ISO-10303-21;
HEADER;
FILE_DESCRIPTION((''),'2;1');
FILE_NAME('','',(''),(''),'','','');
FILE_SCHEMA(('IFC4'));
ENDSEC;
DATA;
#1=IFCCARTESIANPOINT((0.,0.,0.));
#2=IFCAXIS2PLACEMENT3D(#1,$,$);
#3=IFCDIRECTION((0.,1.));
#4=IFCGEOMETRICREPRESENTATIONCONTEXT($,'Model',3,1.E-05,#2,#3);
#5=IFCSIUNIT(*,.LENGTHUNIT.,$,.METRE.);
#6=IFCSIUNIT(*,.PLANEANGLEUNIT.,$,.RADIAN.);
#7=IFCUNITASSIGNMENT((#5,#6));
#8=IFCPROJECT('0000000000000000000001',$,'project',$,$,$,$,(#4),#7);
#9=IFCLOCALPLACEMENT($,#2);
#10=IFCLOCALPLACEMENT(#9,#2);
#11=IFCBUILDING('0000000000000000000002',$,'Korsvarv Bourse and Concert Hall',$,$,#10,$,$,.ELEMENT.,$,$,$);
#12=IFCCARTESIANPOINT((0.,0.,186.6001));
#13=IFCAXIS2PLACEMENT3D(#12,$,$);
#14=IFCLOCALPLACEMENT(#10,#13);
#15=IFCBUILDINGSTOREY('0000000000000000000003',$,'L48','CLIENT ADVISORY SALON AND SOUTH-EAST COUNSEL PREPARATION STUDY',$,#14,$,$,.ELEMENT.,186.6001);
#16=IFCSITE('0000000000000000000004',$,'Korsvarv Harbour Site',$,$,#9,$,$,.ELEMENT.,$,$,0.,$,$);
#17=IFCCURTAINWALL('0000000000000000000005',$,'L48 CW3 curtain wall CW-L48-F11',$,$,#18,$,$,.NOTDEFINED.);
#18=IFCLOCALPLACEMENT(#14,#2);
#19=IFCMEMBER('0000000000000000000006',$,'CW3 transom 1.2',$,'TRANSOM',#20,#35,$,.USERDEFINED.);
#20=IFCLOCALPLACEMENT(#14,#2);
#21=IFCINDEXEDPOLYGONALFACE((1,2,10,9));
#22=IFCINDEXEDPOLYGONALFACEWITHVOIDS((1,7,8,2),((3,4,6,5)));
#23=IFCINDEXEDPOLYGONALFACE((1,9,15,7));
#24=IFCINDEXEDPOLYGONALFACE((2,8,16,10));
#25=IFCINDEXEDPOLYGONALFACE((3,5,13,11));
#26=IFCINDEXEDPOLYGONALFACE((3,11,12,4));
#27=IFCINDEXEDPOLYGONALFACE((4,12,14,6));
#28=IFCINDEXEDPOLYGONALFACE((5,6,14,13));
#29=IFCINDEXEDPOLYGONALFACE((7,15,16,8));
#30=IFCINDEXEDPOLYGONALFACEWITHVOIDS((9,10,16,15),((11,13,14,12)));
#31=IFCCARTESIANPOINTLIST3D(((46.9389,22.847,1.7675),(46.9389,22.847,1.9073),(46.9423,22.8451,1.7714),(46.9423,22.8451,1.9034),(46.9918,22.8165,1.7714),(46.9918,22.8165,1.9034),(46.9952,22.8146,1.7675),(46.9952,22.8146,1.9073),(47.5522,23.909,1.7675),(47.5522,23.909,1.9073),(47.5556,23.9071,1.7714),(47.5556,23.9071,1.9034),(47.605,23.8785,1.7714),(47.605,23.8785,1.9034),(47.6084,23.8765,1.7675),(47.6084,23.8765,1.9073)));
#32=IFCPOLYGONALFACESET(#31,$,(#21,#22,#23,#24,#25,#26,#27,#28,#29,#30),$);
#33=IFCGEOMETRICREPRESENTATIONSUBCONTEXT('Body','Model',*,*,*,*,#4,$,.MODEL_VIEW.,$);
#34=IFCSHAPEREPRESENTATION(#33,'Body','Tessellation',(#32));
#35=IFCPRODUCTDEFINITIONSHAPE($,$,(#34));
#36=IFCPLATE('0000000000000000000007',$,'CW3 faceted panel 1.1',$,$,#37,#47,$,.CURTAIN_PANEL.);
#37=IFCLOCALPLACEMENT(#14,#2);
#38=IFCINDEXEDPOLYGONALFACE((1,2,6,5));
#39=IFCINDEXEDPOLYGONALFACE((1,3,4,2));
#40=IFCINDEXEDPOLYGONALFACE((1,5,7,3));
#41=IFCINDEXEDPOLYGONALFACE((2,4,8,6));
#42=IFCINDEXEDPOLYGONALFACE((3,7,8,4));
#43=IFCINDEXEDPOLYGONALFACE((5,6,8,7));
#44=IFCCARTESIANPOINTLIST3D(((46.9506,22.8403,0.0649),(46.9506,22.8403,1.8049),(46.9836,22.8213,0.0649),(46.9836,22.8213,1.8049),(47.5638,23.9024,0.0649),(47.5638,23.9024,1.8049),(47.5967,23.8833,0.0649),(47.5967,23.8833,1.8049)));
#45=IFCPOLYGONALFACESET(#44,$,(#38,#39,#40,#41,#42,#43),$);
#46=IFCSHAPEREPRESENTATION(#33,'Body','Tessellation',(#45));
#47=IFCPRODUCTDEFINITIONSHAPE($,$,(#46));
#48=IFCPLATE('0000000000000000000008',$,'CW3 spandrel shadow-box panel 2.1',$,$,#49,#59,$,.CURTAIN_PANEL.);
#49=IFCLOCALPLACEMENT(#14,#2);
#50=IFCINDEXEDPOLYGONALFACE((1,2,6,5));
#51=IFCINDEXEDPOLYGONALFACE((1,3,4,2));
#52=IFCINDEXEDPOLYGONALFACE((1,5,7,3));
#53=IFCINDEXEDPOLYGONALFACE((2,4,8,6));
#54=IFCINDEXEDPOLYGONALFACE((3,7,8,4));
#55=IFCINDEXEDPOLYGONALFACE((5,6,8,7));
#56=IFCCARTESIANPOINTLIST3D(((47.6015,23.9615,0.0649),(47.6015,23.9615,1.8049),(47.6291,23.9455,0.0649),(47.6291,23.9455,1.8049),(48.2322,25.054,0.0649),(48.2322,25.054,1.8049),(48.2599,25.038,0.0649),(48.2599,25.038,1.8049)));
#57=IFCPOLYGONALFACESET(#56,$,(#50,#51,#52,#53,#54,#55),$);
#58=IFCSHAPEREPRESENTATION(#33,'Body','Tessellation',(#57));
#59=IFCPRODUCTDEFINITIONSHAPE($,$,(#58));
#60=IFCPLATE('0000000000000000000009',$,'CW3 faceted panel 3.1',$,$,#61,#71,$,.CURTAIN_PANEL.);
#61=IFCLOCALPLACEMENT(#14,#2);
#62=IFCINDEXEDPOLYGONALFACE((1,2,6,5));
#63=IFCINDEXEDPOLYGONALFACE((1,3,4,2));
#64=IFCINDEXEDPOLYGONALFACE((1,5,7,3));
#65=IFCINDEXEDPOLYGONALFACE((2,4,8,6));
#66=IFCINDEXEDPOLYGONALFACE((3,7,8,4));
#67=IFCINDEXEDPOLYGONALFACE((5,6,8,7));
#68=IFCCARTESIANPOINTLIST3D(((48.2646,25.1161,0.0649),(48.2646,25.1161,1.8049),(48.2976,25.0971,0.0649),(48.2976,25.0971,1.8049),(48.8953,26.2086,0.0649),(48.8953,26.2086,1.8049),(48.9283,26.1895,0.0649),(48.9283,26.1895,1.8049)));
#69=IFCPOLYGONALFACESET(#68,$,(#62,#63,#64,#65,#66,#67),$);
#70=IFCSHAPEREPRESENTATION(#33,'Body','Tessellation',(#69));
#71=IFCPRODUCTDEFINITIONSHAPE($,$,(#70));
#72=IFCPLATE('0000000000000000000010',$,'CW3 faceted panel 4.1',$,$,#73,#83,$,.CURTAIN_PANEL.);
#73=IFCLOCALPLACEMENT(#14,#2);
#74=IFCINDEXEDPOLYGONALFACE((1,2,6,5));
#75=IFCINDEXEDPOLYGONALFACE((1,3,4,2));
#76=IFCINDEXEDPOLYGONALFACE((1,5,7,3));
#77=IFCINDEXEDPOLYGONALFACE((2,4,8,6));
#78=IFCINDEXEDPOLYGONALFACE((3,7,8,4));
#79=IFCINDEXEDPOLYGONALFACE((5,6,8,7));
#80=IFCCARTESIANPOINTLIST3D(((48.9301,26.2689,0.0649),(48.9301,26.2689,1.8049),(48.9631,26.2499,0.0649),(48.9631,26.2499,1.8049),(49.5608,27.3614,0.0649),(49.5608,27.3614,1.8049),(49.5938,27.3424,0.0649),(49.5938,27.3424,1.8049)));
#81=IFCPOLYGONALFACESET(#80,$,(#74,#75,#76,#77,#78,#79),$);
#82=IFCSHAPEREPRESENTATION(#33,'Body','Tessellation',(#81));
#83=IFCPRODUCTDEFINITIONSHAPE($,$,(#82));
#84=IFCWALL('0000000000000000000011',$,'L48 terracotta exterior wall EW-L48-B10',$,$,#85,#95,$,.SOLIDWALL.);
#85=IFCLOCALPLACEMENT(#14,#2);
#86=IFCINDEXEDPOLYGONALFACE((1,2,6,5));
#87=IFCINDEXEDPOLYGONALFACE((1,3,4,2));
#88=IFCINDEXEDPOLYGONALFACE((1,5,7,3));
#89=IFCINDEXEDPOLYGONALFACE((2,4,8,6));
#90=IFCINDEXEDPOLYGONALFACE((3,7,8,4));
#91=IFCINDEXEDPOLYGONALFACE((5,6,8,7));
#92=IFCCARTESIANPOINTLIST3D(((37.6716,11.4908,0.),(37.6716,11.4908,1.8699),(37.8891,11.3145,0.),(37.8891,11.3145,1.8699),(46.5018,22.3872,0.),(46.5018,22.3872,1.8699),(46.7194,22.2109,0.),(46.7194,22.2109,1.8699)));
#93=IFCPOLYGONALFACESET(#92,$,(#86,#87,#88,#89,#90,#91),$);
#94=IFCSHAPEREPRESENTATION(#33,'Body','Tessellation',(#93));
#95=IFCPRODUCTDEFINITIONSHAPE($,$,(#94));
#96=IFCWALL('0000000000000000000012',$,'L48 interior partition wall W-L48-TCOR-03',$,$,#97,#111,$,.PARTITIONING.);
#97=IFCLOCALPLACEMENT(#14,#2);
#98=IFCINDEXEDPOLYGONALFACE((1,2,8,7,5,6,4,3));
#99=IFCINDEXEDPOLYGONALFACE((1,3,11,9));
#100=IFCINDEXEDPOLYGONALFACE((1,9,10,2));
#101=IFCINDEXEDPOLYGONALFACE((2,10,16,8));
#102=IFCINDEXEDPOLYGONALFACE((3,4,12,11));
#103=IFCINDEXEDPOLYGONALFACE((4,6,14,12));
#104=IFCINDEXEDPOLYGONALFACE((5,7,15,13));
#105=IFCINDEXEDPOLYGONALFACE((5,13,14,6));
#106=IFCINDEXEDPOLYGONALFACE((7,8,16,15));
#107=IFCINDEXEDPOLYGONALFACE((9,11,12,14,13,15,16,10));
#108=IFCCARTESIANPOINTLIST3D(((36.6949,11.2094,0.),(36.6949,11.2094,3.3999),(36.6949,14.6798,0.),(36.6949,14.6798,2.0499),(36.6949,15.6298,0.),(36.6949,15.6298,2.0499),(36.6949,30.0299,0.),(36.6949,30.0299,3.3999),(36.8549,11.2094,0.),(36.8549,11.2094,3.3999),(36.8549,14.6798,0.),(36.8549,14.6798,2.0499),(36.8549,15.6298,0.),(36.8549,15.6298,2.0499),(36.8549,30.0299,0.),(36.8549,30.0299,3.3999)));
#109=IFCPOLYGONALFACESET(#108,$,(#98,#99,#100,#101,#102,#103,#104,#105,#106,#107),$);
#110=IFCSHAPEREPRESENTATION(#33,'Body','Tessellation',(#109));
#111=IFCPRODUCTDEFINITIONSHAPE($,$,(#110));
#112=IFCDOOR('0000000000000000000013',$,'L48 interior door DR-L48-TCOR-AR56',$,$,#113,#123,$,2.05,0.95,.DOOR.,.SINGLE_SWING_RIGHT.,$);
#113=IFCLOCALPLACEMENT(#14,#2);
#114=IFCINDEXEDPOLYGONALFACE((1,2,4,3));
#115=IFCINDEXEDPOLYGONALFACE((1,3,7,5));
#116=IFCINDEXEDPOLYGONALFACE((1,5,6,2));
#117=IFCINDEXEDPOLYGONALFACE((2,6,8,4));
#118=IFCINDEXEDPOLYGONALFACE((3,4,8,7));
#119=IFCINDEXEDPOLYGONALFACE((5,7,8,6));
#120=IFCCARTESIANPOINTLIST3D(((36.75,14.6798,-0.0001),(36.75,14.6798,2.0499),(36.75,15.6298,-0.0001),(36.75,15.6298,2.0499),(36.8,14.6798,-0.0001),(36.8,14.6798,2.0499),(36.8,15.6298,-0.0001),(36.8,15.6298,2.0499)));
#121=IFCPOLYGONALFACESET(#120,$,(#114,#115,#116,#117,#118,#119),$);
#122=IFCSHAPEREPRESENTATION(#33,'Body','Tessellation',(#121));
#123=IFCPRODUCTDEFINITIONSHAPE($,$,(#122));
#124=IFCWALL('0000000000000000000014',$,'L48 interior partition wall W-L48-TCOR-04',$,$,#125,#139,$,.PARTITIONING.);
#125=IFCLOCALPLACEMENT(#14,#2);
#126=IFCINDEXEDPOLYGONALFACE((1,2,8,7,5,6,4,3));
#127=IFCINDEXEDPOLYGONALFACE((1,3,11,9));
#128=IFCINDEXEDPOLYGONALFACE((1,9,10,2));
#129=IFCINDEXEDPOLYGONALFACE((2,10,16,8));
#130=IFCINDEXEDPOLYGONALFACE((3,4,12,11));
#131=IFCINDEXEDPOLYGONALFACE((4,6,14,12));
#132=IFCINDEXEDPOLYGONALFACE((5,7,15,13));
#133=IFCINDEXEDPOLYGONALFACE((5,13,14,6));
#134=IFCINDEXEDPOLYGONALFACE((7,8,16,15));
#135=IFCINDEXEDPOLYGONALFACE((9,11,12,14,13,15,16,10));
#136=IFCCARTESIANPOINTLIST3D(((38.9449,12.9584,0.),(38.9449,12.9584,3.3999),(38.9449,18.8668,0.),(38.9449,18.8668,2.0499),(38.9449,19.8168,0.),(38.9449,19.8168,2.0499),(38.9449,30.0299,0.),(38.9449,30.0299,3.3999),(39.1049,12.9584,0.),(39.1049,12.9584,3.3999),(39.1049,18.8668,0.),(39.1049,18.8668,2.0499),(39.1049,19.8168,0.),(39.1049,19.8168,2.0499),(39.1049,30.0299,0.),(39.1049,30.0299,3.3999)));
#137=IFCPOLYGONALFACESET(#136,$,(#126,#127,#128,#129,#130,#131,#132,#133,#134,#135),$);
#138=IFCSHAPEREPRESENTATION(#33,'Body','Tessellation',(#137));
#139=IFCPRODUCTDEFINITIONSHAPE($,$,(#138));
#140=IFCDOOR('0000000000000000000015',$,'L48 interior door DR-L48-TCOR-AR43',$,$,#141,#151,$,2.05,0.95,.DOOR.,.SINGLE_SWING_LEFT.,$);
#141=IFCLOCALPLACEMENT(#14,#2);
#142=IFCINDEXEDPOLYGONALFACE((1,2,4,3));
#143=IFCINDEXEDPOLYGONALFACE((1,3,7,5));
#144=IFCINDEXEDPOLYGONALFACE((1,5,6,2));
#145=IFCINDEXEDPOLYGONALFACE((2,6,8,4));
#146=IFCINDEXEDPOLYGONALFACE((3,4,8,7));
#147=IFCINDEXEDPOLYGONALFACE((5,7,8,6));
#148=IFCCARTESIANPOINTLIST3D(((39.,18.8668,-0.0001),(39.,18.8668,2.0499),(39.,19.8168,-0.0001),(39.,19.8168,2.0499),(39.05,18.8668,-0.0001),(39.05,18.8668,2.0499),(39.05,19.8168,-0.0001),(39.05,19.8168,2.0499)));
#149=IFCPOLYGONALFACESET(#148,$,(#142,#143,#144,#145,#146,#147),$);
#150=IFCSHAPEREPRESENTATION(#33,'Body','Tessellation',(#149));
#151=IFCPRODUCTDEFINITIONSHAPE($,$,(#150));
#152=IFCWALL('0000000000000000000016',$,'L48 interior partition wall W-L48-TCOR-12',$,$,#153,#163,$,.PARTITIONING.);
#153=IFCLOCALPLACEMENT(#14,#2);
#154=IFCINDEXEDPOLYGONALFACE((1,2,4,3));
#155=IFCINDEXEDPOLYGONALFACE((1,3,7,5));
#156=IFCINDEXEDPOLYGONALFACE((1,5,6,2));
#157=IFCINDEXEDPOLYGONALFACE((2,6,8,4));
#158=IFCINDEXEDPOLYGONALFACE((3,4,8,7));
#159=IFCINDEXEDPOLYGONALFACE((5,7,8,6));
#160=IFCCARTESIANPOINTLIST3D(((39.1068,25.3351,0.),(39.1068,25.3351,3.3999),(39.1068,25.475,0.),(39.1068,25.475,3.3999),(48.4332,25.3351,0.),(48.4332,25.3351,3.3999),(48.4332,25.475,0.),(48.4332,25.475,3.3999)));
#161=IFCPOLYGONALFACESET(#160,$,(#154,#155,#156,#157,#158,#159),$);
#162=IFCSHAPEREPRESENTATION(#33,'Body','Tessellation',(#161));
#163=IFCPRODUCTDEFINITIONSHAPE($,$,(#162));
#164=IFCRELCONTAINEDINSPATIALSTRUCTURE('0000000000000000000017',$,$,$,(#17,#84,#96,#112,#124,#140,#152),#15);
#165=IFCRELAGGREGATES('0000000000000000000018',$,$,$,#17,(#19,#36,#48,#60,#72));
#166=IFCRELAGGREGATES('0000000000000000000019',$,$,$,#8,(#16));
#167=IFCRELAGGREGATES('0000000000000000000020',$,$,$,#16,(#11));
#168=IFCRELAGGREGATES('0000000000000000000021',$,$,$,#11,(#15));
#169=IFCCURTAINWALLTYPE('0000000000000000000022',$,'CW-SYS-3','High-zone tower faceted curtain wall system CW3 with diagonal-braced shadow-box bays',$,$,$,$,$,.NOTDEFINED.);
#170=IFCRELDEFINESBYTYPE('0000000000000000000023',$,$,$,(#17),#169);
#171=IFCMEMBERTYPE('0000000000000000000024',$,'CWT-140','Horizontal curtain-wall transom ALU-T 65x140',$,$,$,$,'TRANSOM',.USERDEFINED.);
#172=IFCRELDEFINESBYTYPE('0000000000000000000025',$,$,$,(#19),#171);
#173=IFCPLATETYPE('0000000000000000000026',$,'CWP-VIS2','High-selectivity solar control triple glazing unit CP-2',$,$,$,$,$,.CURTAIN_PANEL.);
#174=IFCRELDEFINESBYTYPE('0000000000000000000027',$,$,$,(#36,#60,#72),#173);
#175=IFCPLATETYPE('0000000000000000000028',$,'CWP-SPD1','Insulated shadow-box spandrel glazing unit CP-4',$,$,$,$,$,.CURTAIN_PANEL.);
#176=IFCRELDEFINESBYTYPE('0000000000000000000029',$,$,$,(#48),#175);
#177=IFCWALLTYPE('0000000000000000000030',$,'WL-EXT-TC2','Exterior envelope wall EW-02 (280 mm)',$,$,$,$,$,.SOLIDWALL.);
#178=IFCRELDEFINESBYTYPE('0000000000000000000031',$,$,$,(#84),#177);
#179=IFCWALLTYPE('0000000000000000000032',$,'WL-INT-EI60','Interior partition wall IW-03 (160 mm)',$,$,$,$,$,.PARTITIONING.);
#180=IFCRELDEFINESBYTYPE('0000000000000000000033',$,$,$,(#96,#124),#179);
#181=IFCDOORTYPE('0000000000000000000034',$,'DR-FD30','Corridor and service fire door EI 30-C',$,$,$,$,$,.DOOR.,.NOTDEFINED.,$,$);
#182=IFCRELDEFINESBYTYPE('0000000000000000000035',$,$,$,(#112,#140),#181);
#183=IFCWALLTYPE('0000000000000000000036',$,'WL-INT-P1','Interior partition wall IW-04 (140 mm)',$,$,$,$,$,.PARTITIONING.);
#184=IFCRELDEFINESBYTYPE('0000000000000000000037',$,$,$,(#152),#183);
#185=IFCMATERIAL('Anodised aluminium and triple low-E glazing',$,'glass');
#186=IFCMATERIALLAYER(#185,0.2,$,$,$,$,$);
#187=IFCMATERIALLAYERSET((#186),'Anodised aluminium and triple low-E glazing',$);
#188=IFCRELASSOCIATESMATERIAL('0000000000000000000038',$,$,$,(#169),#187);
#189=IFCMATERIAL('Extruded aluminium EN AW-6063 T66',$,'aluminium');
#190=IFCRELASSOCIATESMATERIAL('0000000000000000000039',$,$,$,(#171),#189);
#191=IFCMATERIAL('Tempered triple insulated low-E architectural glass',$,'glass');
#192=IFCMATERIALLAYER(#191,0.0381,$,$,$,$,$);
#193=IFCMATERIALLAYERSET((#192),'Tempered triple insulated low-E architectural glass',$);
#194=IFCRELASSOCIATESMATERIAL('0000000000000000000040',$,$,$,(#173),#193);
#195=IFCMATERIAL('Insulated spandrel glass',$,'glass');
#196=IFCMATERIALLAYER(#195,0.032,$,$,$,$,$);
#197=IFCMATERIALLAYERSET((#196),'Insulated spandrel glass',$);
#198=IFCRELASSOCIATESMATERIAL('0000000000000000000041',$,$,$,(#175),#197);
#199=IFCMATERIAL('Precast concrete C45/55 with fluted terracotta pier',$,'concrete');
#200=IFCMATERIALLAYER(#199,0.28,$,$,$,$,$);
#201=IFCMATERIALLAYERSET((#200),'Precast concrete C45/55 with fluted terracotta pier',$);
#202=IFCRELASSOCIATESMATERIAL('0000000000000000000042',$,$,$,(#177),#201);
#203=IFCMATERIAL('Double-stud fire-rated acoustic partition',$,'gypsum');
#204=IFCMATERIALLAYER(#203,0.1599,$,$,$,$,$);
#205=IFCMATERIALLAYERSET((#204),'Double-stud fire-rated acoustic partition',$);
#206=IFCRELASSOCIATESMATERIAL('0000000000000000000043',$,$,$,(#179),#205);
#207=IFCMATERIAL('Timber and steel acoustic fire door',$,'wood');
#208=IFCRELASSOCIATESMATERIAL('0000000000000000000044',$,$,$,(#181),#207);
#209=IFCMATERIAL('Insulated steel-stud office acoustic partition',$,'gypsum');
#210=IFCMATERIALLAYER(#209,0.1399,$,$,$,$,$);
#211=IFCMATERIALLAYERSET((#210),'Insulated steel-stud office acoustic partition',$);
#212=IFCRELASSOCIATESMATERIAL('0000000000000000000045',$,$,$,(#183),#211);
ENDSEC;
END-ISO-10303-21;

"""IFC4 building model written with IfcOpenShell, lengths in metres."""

from ifc_helpers import new_model, si_unit, direction, frame, frame_2d, origin, origin_2d, place, context, subcontext, project, spatial, rectangle, hollow_rectangle, extrude, source, transform, mapped, material, layer, layer_set, material_profile, profile_set, type_object, element, fill, aggregate, save


model = new_model("IFC4")

# Units and contexts
model_context = context("Model", 3, precision=1e-05, world=origin(), true_north=direction((0.0, 1.0)))
body_context = subcontext(model_context, "Body", "Model", "MODEL_VIEW")
ifc_project = project(units=[si_unit("LENGTHUNIT", "METRE"), si_unit("PLANEANGLEUNIT", "RADIAN")], contexts=[model_context])

# Site, building, storey
site_placement = place(None, origin())
site = spatial("IfcSite", under=ifc_project, at=site_placement, Name="Korsvarv Harbour Site", CompositionType="ELEMENT", RefElevation=0.0)
building_placement = place(site_placement, origin())
building = spatial("IfcBuilding", under=site, at=building_placement, Name="Korsvarv Bourse and Concert Hall", CompositionType="ELEMENT")
storey_placement = place(building_placement, frame((0.0, 0.0, 186.6001)))
storey = spatial("IfcBuildingStorey", under=building, at=storey_placement, Name="L48", Description="CLIENT ADVISORY SALON AND SOUTH-EAST COUNSEL PREPARATION STUDY", CompositionType="ELEMENT", Elevation=186.6001)

# Curtain wall, member, plates
ifc_material_1 = material(Name="Anodised aluminium and triple low-E glazing", Category="glass")
ifc_layer_1 = layer(ifc_material_1, 0.2)
ifc_layer_set_1 = layer_set([ifc_layer_1], Name="Anodised aluminium and triple low-E glazing")
curtain_wall_type = type_object("IfcCurtainWallType", Name="CW-SYS-3", Description="High-zone tower faceted curtain wall system CW3 with diagonal-braced shadow-box bays", PredefinedType="NOTDEFINED", material=ifc_layer_set_1)
curtain_wall_placement = place(storey_placement, origin())
curtain_wall = element("IfcCurtainWall", 1, at=curtain_wall_placement, inside=storey, type_object=curtain_wall_type, Name="L48 CW3 curtain wall CW-L48-F11", PredefinedType="NOTDEFINED")
ifc_material_2 = material(Name="Extruded aluminium EN AW-6063 T66", Category="aluminium")
ifc_material_profile_1 = material_profile(ifc_material_2, hollow_rectangle(XDim=0.0649, YDim=0.1399, WallThickness=0.0039, at=origin_2d()), Name="ALU-T 65x140")
ifc_profile_set_1 = profile_set([ifc_material_profile_1], Name="Extruded aluminium EN AW-6063 T66")
member_type_1 = type_object("IfcMemberType", Name="CWT-140", Description="Horizontal curtain-wall transom ALU-T 65x140", ElementType="TRANSOM", PredefinedType="USERDEFINED", material=ifc_profile_set_1)
shared_shape_1 = source(origin(), body_context, "Body", "SweptSolid", [
    extrude(hollow_rectangle(XDim=0.0649, YDim=0.1399, WallThickness=0.0039, at=origin_2d()), origin(), (0.0, 0.0, 1.0), 1.2263),
])
member_1_placement = place(storey_placement, frame((46.967, 22.8308, 1.8374), z_axis=(0.500079, 0.86598, 0.0), x_axis=(-0.86598, 0.500079, 0.0)))
member_1 = element("IfcMember", 2, at=member_1_placement, type_object=member_type_1, Name="CW3 transom 1.2", ObjectType="TRANSOM", PredefinedType="USERDEFINED", context=body_context, shape_type="MappedRepresentation", body=[
    mapped(shared_shape_1, transform((0.0, 0.0, 0.0), scale=1.0)),
])
ifc_material_3 = material(Name="Tempered triple insulated low-E architectural glass", Category="glass")
ifc_layer_2 = layer(ifc_material_3, 0.0381)
ifc_layer_set_2 = layer_set([ifc_layer_2], Name="Tempered triple insulated low-E architectural glass")
plate_type_1 = type_object("IfcPlateType", Name="CWP-VIS2", Description="High-selectivity solar control triple glazing unit CP-2", PredefinedType="CURTAIN_PANEL", material=ifc_layer_set_2)
shared_shape_2 = source(origin(), body_context, "Body", "SweptSolid", [
    extrude(rectangle(XDim=1.2263, YDim=0.0381, at=origin_2d()), origin(), (0.0, 0.0, 1.0), 1.74),
])
plate_1_placement = place(storey_placement, frame((47.2737, 23.3618, 0.0649), z_axis=(0.0, 0.0, 1.0), x_axis=(0.499994, 0.866029, 0.0)))
plate_1 = element("IfcPlate", 3, at=plate_1_placement, type_object=plate_type_1, Name="CW3 faceted panel 1.1", PredefinedType="CURTAIN_PANEL", context=body_context, shape_type="MappedRepresentation", body=[
    mapped(shared_shape_2, transform((0.0, 0.0, 0.0), scale=1.0)),
])
ifc_material_4 = material(Name="Insulated spandrel glass", Category="glass")
ifc_layer_3 = layer(ifc_material_4, 0.032)
ifc_layer_set_3 = layer_set([ifc_layer_3], Name="Insulated spandrel glass")
plate_type_2 = type_object("IfcPlateType", Name="CWP-SPD1", Description="Insulated shadow-box spandrel glazing unit CP-4", PredefinedType="CURTAIN_PANEL", material=ifc_layer_set_3)
shared_shape_3 = source(origin(), body_context, "Body", "SweptSolid", [
    extrude(rectangle(XDim=1.2615, YDim=0.032, at=origin_2d()), origin(), (0.0, 0.0, 1.0), 1.74),
])
plate_2_placement = place(storey_placement, frame((47.9307, 24.4998, 0.0649), z_axis=(0.0, 0.0, 1.0), x_axis=(0.499994, 0.866029, 0.0)))
plate_2 = element("IfcPlate", 4, at=plate_2_placement, type_object=plate_type_2, Name="CW3 spandrel shadow-box panel 2.1", PredefinedType="CURTAIN_PANEL", context=body_context, shape_type="MappedRepresentation", body=[
    mapped(shared_shape_3, transform((0.0, 0.0, 0.0), scale=1.0)),
])
shared_shape_4 = source(origin(), body_context, "Body", "SweptSolid", [
    extrude(rectangle(XDim=1.2615, YDim=0.0381, at=origin_2d()), origin(), (0.0, 0.0, 1.0), 1.74),
])
plate_3_placement = place(storey_placement, frame((48.5964, 25.6528, 0.0649), z_axis=(0.0, 0.0, 1.0), x_axis=(0.499994, 0.866029, 0.0)))
plate_3 = element("IfcPlate", 5, at=plate_3_placement, type_object=plate_type_1, Name="CW3 faceted panel 3.1", PredefinedType="CURTAIN_PANEL", context=body_context, shape_type="MappedRepresentation", body=[
    mapped(shared_shape_4, transform((0.0, 0.0, 0.0), scale=1.0)),
])
plate_4_placement = place(storey_placement, frame((49.262, 26.8057, 0.0649), z_axis=(0.0, 0.0, 1.0), x_axis=(0.499994, 0.866029, 0.0)))
plate_4 = element("IfcPlate", 6, at=plate_4_placement, type_object=plate_type_1, Name="CW3 faceted panel 4.1", PredefinedType="CURTAIN_PANEL", context=body_context, shape_type="MappedRepresentation", body=[
    mapped(shared_shape_4, transform((0.0, 0.0, 0.0), scale=1.0)),
])
aggregate(curtain_wall, [member_1, plate_1, plate_2, plate_3, plate_4])

# Wall
ifc_material_5 = material(Name="Precast concrete C45/55 with fluted terracotta pier", Category="concrete")
ifc_layer_4 = layer(ifc_material_5, 0.28)
ifc_layer_set_4 = layer_set([ifc_layer_4], Name="Precast concrete C45/55 with fluted terracotta pier")
wall_type_1 = type_object("IfcWallType", Name="WL-EXT-TC2", Description="Exterior envelope wall EW-02 (280 mm)", PredefinedType="SOLIDWALL", material=ifc_layer_set_4)
wall_1_placement = place(storey_placement, frame((37.7803, 11.4026, 0.0), z_axis=(0.0, 0.0, 1.0), x_axis=(0.629601, 0.776918, 0.0)))
element("IfcWall", 7, at=wall_1_placement, inside=storey, type_object=wall_type_1, Name="L48 terracotta exterior wall EW-L48-B10", PredefinedType="SOLIDWALL", context=body_context, shape_type="SweptSolid", body=[
    extrude(rectangle(XDim=14.0251, YDim=0.28, at=frame_2d((7.0127, 0.0))), origin(), (0.0, 0.0, 1.0), 1.8699),
])

# Walls, openings, doors
ifc_material_6 = material(Name="Double-stud fire-rated acoustic partition", Category="gypsum")
ifc_layer_5 = layer(ifc_material_6, 0.1599)
ifc_layer_set_5 = layer_set([ifc_layer_5], Name="Double-stud fire-rated acoustic partition")
wall_type_2 = type_object("IfcWallType", Name="WL-INT-EI60", Description="Interior partition wall IW-03 (160 mm)", PredefinedType="PARTITIONING", material=ifc_layer_set_5)
wall_2_placement = place(storey_placement, frame((36.7749, 11.2095, 0.0), z_axis=(0.0, 0.0, 1.0), x_axis=(0.0, 1.0, 0.0)))
wall_2 = element("IfcWall", 8, at=wall_2_placement, inside=storey, type_object=wall_type_2, Name="L48 interior partition wall W-L48-TCOR-03", PredefinedType="PARTITIONING", context=body_context, shape_type="SweptSolid", body=[
    extrude(rectangle(XDim=18.8206, YDim=0.1599, at=frame_2d((9.4102, 0.0))), origin(), (0.0, 0.0, 1.0), 3.3999),
])
opening_1_placement = place(wall_2_placement, frame((3.4702, 0.0, 0.0)))
opening_1 = element("IfcOpeningElement", 9, at=opening_1_placement, cuts=wall_2, PredefinedType="OPENING", context=body_context, shape_type="SweptSolid", body=[
    extrude(rectangle(XDim=0.95, YDim=2.05, at=frame_2d((0.4751, 1.0249))), frame((0.0, 0.0898, 0.0), z_axis=(0.0, -1.0, 0.0), x_axis=(1.0, 0.0, 0.0)), (0.0, 0.0, 1.0), 0.1799),
])
ifc_material_7 = material(Name="Timber and steel acoustic fire door", Category="wood")
door_type = type_object("IfcDoorType", Name="DR-FD30", Description="Corridor and service fire door EI 30-C", OperationType="NOTDEFINED", PredefinedType="DOOR", material=ifc_material_7)
door_1_placement = place(opening_1_placement, origin())
door_1 = element("IfcDoor", 10, at=door_1_placement, inside=storey, type_object=door_type, Name="L48 interior door DR-L48-TCOR-AR56", OperationType="SINGLE_SWING_RIGHT", OverallHeight=2.05, OverallWidth=0.95, PredefinedType="DOOR", context=body_context, shape_type="SweptSolid", body=[
    extrude(rectangle(XDim=0.95, YDim=2.05, at=frame_2d((0.4751, 1.0249))), frame((0.0, 0.0249, 0.0), z_axis=(0.0, -1.0, 0.0), x_axis=(1.0, 0.0, 0.0)), (0.0, 0.0, 1.0), 0.05),
])
fill(opening_1, door_1)
wall_3_placement = place(storey_placement, frame((39.0249, 12.9585, 0.0), z_axis=(0.0, 0.0, 1.0), x_axis=(0.0, 1.0, 0.0)))
wall_3 = element("IfcWall", 11, at=wall_3_placement, inside=storey, type_object=wall_type_2, Name="L48 interior partition wall W-L48-TCOR-04", PredefinedType="PARTITIONING", context=body_context, shape_type="SweptSolid", body=[
    extrude(rectangle(XDim=17.0715, YDim=0.1599, at=frame_2d((8.5356, 0.0))), origin(), (0.0, 0.0, 1.0), 3.3999),
])
opening_2_placement = place(wall_3_placement, frame((5.9082, 0.0, 0.0)))
opening_2 = element("IfcOpeningElement", 12, at=opening_2_placement, cuts=wall_3, PredefinedType="OPENING", context=body_context, shape_type="SweptSolid", body=[
    extrude(rectangle(XDim=0.95, YDim=2.05, at=frame_2d((0.4751, 1.0249))), frame((0.0, 0.0898, 0.0), z_axis=(0.0, -1.0, 0.0), x_axis=(1.0, 0.0, 0.0)), (0.0, 0.0, 1.0), 0.1799),
])
door_2_placement = place(opening_2_placement, origin())
door_2 = element("IfcDoor", 13, at=door_2_placement, inside=storey, type_object=door_type, Name="L48 interior door DR-L48-TCOR-AR43", OperationType="SINGLE_SWING_LEFT", OverallHeight=2.05, OverallWidth=0.95, PredefinedType="DOOR", context=body_context, shape_type="SweptSolid", body=[
    extrude(rectangle(XDim=0.95, YDim=2.05, at=frame_2d((0.4751, 1.0249))), frame((0.0, 0.0249, 0.0), z_axis=(0.0, -1.0, 0.0), x_axis=(1.0, 0.0, 0.0)), (0.0, 0.0, 1.0), 0.05),
])
fill(opening_2, door_2)

# Wall
ifc_material_8 = material(Name="Insulated steel-stud office acoustic partition", Category="gypsum")
ifc_layer_6 = layer(ifc_material_8, 0.1399)
ifc_layer_set_6 = layer_set([ifc_layer_6], Name="Insulated steel-stud office acoustic partition")
wall_type_3 = type_object("IfcWallType", Name="WL-INT-P1", Description="Interior partition wall IW-04 (140 mm)", PredefinedType="PARTITIONING", material=ifc_layer_set_6)
wall_4_placement = place(storey_placement, frame((39.1069, 25.405, 0.0), z_axis=(0.0, 0.0, 1.0), x_axis=(1.0, 0.0, 0.0)))
element("IfcWall", 14, at=wall_4_placement, inside=storey, type_object=wall_type_3, Name="L48 interior partition wall W-L48-TCOR-12", PredefinedType="PARTITIONING", context=body_context, shape_type="SweptSolid", body=[
    extrude(rectangle(XDim=9.3264, YDim=0.1399, at=frame_2d((4.6631, 0.0))), origin(), (0.0, 0.0, 1.0), 3.3999),
])

save(model, "model.ifc")
